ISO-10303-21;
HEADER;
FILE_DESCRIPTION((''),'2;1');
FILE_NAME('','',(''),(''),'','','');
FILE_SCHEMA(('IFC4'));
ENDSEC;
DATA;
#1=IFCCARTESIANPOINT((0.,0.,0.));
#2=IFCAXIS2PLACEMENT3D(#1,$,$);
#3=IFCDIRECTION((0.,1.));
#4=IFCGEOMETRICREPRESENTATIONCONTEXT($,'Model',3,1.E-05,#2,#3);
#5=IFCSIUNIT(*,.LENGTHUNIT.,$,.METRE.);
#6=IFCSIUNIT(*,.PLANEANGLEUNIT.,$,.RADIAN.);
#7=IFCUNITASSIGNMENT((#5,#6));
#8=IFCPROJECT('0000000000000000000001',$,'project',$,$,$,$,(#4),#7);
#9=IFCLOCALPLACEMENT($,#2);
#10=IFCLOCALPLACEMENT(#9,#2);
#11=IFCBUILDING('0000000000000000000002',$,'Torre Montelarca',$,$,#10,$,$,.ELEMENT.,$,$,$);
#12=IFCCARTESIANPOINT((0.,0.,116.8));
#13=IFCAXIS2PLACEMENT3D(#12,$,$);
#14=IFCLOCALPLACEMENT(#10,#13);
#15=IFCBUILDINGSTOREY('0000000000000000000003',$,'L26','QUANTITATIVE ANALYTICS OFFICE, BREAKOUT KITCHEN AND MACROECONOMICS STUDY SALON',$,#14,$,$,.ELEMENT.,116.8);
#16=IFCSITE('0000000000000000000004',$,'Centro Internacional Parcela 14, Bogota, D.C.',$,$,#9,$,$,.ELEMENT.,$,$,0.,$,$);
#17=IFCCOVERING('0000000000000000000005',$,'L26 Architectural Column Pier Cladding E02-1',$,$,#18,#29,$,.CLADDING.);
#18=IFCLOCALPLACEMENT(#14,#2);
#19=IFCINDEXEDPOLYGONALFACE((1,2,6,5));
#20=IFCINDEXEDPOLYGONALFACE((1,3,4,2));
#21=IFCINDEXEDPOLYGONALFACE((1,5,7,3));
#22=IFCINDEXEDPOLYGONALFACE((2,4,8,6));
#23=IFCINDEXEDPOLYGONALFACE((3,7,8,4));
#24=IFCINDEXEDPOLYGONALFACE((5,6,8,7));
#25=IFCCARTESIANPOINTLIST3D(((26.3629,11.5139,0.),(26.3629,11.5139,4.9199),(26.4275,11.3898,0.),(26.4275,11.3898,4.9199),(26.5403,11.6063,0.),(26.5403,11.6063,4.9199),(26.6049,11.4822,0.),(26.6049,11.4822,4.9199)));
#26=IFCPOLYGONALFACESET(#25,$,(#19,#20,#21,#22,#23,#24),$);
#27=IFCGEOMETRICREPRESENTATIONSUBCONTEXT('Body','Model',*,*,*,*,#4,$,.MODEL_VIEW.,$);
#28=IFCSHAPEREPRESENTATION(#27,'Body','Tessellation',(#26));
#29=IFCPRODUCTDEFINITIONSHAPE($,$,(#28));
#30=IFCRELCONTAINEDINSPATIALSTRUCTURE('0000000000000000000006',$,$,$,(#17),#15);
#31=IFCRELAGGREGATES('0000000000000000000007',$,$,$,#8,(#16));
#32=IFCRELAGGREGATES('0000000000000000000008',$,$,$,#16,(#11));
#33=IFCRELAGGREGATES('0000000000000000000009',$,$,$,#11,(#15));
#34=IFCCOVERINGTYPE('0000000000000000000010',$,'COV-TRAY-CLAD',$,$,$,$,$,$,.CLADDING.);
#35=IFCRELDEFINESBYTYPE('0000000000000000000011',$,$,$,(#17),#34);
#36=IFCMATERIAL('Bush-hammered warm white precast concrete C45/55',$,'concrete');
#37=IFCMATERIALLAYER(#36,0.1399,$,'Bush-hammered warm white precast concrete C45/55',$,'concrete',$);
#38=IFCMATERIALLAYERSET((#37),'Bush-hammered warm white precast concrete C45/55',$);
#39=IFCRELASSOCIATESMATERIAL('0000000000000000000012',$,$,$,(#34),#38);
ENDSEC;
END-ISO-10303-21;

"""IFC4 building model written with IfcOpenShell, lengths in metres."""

from ifc_helpers import new_model, si_unit, direction, frame, origin, origin_2d, place, context, subcontext, project, spatial, rectangle, extrude, source, transform, mapped, material, layer, layer_set, type_object, element, save


model = new_model("IFC4")

# Units and contexts
model_context = context("Model", 3, precision=1e-05, world=origin(), true_north=direction((0.0, 1.0)))
body_context = subcontext(model_context, "Body", "Model", "MODEL_VIEW")
ifc_project = project(units=[si_unit("LENGTHUNIT", "METRE"), si_unit("PLANEANGLEUNIT", "RADIAN")], contexts=[model_context])

# Site, building, storey
site_placement = place(None, origin())
site = spatial("IfcSite", under=ifc_project, at=site_placement, Name="Centro Internacional Parcela 14, Bogota, D.C.", CompositionType="ELEMENT", RefElevation=0.0)
building_placement = place(site_placement, origin())
building = spatial("IfcBuilding", under=site, at=building_placement, Name="Torre Montelarca", CompositionType="ELEMENT")
storey_placement = place(building_placement, frame((0.0, 0.0, 116.8)))
storey = spatial("IfcBuildingStorey", under=building, at=storey_placement, Name="L26", Description="QUANTITATIVE ANALYTICS OFFICE, BREAKOUT KITCHEN AND MACROECONOMICS STUDY SALON", CompositionType="ELEMENT", Elevation=116.8)

# Covering
ifc_material_1 = material(Name="Bush-hammered warm white precast concrete C45/55", Category="concrete")
ifc_layer_1 = layer(ifc_material_1, 0.1399, Name="Bush-hammered warm white precast concrete C45/55", Category="concrete")
ifc_layer_set_1 = layer_set([ifc_layer_1], Name="Bush-hammered warm white precast concrete C45/55")
covering_type = type_object("IfcCoveringType", Name="COV-TRAY-CLAD", PredefinedType="CLADDING", material=ifc_layer_set_1)
shared_shape_1 = source(origin(), body_context, "Body", "SweptSolid", [
    extrude(rectangle(XDim=0.2, YDim=0.1399, at=origin_2d()), origin(), (0.0, 0.0, 1.0), 4.9199),
])
for number, where, z_axis, x_axis, name in (
    (1, (26.4839, 11.498, 0.0), (0.0, 0.0, 1.0), (0.887012, 0.461747, 0.0), "L26 Architectural Column Pier Cladding E02-1"),
):
    element("IfcCovering", number, at=place(storey_placement, frame(where, z_axis=z_axis, x_axis=x_axis)), inside=storey, type_object=covering_type, Name=name, PredefinedType="CLADDING", context=body_context, shape_type="MappedRepresentation", body=[
        mapped(shared_shape_1, transform((0.0, 0.0, 0.0), scale=1.0)),
    ])

save(model, "model.ifc")
